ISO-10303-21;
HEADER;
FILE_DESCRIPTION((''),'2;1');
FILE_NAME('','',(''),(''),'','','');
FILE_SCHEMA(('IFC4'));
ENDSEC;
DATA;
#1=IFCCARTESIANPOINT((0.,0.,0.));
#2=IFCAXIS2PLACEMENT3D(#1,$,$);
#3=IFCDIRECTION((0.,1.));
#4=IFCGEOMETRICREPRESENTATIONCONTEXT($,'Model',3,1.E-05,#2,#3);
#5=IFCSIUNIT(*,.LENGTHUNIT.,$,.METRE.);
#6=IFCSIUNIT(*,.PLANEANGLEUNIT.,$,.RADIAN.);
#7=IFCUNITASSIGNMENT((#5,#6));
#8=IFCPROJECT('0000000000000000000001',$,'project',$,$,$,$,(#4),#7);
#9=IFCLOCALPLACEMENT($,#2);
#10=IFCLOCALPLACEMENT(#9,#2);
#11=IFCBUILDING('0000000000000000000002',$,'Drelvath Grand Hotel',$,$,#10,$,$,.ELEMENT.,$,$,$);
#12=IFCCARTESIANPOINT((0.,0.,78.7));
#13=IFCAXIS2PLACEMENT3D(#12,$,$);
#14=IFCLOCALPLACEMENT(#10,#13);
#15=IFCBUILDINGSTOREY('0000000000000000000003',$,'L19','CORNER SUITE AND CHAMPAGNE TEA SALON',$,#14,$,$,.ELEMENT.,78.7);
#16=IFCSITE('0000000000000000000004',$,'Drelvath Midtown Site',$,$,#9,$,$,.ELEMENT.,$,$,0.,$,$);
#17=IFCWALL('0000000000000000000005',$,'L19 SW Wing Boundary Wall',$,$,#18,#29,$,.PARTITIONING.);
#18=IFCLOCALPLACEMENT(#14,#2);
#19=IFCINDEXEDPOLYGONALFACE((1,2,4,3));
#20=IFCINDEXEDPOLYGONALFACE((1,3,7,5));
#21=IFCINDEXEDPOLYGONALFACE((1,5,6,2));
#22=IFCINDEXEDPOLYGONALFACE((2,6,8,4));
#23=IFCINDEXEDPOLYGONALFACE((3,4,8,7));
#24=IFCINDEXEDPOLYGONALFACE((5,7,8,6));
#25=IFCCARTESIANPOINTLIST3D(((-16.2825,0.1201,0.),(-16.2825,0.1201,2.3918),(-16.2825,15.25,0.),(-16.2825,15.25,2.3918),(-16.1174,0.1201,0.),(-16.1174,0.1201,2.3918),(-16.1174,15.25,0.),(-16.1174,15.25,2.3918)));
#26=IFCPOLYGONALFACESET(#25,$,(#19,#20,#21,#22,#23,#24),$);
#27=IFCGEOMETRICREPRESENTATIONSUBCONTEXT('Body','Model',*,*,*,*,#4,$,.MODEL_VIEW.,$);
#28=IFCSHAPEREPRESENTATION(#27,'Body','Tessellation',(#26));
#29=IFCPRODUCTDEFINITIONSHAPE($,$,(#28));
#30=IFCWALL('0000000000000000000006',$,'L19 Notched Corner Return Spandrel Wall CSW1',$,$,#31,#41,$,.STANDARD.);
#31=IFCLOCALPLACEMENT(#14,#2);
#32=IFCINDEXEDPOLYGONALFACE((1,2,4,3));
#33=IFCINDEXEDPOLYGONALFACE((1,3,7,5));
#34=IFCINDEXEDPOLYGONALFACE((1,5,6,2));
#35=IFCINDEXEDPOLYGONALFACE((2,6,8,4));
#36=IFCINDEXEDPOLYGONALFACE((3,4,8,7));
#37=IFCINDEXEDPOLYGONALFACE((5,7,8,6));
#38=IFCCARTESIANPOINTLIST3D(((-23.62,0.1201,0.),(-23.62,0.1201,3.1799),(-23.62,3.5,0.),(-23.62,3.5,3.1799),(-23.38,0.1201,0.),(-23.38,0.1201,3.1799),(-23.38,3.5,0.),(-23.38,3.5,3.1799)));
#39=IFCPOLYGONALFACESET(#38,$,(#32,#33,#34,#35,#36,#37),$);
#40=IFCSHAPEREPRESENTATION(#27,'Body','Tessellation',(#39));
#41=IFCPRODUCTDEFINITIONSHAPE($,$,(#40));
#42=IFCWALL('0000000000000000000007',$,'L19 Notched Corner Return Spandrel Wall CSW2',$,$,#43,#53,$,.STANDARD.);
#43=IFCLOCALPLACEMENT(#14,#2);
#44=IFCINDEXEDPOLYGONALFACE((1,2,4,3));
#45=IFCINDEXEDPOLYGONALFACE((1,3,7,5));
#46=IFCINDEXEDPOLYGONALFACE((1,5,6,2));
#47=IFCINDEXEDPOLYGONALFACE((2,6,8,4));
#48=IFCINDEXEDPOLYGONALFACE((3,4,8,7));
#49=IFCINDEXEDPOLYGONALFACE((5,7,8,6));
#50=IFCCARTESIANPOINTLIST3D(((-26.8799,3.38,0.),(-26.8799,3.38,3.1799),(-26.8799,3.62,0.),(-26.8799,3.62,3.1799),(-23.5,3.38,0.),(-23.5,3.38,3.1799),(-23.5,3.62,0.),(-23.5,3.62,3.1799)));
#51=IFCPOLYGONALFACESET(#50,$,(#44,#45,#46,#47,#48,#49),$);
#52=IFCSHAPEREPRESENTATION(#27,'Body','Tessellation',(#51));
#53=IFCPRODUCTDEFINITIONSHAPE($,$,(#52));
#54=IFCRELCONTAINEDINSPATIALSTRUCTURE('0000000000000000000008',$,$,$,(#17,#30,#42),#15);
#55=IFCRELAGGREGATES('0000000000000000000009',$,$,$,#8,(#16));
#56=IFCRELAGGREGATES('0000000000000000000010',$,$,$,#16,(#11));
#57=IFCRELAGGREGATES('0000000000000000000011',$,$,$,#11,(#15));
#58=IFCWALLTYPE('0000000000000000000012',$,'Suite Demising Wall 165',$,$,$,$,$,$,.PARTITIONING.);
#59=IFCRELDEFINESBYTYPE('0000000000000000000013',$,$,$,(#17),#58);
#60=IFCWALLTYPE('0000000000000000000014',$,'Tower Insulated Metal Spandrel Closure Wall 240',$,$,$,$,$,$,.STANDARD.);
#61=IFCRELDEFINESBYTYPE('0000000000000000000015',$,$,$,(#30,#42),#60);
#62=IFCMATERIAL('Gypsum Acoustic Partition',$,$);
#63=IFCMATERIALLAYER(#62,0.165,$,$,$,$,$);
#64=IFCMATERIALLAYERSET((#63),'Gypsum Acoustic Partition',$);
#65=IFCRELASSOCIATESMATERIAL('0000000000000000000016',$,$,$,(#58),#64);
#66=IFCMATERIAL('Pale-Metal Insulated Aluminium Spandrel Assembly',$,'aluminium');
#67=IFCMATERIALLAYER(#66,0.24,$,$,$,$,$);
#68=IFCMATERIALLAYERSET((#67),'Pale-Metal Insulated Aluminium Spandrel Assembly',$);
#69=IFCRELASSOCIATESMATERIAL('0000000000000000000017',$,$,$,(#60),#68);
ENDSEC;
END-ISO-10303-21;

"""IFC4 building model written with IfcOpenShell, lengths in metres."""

from ifc_helpers import new_model, si_unit, direction, frame, frame_2d, origin, place, context, subcontext, project, spatial, rectangle, extrude, material, layer, layer_set, type_object, element, save


model = new_model("IFC4")

# Units and contexts
model_context = context("Model", 3, precision=1e-05, world=origin(), true_north=direction((0.0, 1.0)))
body_context = subcontext(model_context, "Body", "Model", "MODEL_VIEW")
ifc_project = project(units=[si_unit("LENGTHUNIT", "METRE"), si_unit("PLANEANGLEUNIT", "RADIAN")], contexts=[model_context])

# Site, building, storey
site_placement = place(None, origin())
site = spatial("IfcSite", under=ifc_project, at=site_placement, Name="Drelvath Midtown Site", CompositionType="ELEMENT", RefElevation=0.0)
building_placement = place(site_placement, origin())
building = spatial("IfcBuilding", under=site, at=building_placement, Name="Drelvath Grand Hotel", CompositionType="ELEMENT")
storey_placement = place(building_placement, frame((0.0, 0.0, 78.7)))
storey = spatial("IfcBuildingStorey", under=building, at=storey_placement, Name="L19", Description="CORNER SUITE AND CHAMPAGNE TEA SALON", CompositionType="ELEMENT", Elevation=78.7)

# Walls
ifc_material_1 = material(Name="Gypsum Acoustic Partition")
ifc_layer_1 = layer(ifc_material_1, 0.165)
ifc_layer_set_1 = layer_set([ifc_layer_1], Name="Gypsum Acoustic Partition")
wall_type_1 = type_object("IfcWallType", Name="Suite Demising Wall 165", PredefinedType="PARTITIONING", material=ifc_layer_set_1)
wall_placement = place(storey_placement, frame((-16.2, 0.1201, 0.0), z_axis=(0.0, 0.0, 1.0), x_axis=(0.0, 1.0, 0.0)))
element("IfcWall", 1, at=wall_placement, inside=storey, type_object=wall_type_1, Name="L19 SW Wing Boundary Wall", PredefinedType="PARTITIONING", context=body_context, shape_type="SweptSolid", body=[
    extrude(rectangle(XDim=15.1299, YDim=0.165, at=frame_2d((7.5649, 0.0))), origin(), (0.0, 0.0, 1.0), 2.3918),
])
ifc_material_2 = material(Name="Pale-Metal Insulated Aluminium Spandrel Assembly", Category="aluminium")
ifc_layer_2 = layer(ifc_material_2, 0.24)
ifc_layer_set_2 = layer_set([ifc_layer_2], Name="Pale-Metal Insulated Aluminium Spandrel Assembly")
wall_type_2 = type_object("IfcWallType", Name="Tower Insulated Metal Spandrel Closure Wall 240", PredefinedType="STANDARD", material=ifc_layer_set_2)
for number, where, z_axis, x_axis, name in (
    (2, (-23.5, 0.1201, 0.0), (0.0, 0.0, 1.0), (0.0, 1.0, 0.0), "L19 Notched Corner Return Spandrel Wall CSW1"),
    (3, (-23.5, 3.5, 0.0), (0.0, 0.0, 1.0), (-1.0, 0.0, 0.0), "L19 Notched Corner Return Spandrel Wall CSW2"),
):
    element("IfcWall", number, at=place(storey_placement, frame(where, z_axis=z_axis, x_axis=x_axis)), inside=storey, type_object=wall_type_2, Name=name, PredefinedType="STANDARD", context=body_context, shape_type="SweptSolid", body=[
        extrude(rectangle(XDim=3.3799, YDim=0.24, at=frame_2d((1.6899, 0.0))), origin(), (0.0, 0.0, 1.0), 3.1799),
    ])

save(model, "model.ifc")
